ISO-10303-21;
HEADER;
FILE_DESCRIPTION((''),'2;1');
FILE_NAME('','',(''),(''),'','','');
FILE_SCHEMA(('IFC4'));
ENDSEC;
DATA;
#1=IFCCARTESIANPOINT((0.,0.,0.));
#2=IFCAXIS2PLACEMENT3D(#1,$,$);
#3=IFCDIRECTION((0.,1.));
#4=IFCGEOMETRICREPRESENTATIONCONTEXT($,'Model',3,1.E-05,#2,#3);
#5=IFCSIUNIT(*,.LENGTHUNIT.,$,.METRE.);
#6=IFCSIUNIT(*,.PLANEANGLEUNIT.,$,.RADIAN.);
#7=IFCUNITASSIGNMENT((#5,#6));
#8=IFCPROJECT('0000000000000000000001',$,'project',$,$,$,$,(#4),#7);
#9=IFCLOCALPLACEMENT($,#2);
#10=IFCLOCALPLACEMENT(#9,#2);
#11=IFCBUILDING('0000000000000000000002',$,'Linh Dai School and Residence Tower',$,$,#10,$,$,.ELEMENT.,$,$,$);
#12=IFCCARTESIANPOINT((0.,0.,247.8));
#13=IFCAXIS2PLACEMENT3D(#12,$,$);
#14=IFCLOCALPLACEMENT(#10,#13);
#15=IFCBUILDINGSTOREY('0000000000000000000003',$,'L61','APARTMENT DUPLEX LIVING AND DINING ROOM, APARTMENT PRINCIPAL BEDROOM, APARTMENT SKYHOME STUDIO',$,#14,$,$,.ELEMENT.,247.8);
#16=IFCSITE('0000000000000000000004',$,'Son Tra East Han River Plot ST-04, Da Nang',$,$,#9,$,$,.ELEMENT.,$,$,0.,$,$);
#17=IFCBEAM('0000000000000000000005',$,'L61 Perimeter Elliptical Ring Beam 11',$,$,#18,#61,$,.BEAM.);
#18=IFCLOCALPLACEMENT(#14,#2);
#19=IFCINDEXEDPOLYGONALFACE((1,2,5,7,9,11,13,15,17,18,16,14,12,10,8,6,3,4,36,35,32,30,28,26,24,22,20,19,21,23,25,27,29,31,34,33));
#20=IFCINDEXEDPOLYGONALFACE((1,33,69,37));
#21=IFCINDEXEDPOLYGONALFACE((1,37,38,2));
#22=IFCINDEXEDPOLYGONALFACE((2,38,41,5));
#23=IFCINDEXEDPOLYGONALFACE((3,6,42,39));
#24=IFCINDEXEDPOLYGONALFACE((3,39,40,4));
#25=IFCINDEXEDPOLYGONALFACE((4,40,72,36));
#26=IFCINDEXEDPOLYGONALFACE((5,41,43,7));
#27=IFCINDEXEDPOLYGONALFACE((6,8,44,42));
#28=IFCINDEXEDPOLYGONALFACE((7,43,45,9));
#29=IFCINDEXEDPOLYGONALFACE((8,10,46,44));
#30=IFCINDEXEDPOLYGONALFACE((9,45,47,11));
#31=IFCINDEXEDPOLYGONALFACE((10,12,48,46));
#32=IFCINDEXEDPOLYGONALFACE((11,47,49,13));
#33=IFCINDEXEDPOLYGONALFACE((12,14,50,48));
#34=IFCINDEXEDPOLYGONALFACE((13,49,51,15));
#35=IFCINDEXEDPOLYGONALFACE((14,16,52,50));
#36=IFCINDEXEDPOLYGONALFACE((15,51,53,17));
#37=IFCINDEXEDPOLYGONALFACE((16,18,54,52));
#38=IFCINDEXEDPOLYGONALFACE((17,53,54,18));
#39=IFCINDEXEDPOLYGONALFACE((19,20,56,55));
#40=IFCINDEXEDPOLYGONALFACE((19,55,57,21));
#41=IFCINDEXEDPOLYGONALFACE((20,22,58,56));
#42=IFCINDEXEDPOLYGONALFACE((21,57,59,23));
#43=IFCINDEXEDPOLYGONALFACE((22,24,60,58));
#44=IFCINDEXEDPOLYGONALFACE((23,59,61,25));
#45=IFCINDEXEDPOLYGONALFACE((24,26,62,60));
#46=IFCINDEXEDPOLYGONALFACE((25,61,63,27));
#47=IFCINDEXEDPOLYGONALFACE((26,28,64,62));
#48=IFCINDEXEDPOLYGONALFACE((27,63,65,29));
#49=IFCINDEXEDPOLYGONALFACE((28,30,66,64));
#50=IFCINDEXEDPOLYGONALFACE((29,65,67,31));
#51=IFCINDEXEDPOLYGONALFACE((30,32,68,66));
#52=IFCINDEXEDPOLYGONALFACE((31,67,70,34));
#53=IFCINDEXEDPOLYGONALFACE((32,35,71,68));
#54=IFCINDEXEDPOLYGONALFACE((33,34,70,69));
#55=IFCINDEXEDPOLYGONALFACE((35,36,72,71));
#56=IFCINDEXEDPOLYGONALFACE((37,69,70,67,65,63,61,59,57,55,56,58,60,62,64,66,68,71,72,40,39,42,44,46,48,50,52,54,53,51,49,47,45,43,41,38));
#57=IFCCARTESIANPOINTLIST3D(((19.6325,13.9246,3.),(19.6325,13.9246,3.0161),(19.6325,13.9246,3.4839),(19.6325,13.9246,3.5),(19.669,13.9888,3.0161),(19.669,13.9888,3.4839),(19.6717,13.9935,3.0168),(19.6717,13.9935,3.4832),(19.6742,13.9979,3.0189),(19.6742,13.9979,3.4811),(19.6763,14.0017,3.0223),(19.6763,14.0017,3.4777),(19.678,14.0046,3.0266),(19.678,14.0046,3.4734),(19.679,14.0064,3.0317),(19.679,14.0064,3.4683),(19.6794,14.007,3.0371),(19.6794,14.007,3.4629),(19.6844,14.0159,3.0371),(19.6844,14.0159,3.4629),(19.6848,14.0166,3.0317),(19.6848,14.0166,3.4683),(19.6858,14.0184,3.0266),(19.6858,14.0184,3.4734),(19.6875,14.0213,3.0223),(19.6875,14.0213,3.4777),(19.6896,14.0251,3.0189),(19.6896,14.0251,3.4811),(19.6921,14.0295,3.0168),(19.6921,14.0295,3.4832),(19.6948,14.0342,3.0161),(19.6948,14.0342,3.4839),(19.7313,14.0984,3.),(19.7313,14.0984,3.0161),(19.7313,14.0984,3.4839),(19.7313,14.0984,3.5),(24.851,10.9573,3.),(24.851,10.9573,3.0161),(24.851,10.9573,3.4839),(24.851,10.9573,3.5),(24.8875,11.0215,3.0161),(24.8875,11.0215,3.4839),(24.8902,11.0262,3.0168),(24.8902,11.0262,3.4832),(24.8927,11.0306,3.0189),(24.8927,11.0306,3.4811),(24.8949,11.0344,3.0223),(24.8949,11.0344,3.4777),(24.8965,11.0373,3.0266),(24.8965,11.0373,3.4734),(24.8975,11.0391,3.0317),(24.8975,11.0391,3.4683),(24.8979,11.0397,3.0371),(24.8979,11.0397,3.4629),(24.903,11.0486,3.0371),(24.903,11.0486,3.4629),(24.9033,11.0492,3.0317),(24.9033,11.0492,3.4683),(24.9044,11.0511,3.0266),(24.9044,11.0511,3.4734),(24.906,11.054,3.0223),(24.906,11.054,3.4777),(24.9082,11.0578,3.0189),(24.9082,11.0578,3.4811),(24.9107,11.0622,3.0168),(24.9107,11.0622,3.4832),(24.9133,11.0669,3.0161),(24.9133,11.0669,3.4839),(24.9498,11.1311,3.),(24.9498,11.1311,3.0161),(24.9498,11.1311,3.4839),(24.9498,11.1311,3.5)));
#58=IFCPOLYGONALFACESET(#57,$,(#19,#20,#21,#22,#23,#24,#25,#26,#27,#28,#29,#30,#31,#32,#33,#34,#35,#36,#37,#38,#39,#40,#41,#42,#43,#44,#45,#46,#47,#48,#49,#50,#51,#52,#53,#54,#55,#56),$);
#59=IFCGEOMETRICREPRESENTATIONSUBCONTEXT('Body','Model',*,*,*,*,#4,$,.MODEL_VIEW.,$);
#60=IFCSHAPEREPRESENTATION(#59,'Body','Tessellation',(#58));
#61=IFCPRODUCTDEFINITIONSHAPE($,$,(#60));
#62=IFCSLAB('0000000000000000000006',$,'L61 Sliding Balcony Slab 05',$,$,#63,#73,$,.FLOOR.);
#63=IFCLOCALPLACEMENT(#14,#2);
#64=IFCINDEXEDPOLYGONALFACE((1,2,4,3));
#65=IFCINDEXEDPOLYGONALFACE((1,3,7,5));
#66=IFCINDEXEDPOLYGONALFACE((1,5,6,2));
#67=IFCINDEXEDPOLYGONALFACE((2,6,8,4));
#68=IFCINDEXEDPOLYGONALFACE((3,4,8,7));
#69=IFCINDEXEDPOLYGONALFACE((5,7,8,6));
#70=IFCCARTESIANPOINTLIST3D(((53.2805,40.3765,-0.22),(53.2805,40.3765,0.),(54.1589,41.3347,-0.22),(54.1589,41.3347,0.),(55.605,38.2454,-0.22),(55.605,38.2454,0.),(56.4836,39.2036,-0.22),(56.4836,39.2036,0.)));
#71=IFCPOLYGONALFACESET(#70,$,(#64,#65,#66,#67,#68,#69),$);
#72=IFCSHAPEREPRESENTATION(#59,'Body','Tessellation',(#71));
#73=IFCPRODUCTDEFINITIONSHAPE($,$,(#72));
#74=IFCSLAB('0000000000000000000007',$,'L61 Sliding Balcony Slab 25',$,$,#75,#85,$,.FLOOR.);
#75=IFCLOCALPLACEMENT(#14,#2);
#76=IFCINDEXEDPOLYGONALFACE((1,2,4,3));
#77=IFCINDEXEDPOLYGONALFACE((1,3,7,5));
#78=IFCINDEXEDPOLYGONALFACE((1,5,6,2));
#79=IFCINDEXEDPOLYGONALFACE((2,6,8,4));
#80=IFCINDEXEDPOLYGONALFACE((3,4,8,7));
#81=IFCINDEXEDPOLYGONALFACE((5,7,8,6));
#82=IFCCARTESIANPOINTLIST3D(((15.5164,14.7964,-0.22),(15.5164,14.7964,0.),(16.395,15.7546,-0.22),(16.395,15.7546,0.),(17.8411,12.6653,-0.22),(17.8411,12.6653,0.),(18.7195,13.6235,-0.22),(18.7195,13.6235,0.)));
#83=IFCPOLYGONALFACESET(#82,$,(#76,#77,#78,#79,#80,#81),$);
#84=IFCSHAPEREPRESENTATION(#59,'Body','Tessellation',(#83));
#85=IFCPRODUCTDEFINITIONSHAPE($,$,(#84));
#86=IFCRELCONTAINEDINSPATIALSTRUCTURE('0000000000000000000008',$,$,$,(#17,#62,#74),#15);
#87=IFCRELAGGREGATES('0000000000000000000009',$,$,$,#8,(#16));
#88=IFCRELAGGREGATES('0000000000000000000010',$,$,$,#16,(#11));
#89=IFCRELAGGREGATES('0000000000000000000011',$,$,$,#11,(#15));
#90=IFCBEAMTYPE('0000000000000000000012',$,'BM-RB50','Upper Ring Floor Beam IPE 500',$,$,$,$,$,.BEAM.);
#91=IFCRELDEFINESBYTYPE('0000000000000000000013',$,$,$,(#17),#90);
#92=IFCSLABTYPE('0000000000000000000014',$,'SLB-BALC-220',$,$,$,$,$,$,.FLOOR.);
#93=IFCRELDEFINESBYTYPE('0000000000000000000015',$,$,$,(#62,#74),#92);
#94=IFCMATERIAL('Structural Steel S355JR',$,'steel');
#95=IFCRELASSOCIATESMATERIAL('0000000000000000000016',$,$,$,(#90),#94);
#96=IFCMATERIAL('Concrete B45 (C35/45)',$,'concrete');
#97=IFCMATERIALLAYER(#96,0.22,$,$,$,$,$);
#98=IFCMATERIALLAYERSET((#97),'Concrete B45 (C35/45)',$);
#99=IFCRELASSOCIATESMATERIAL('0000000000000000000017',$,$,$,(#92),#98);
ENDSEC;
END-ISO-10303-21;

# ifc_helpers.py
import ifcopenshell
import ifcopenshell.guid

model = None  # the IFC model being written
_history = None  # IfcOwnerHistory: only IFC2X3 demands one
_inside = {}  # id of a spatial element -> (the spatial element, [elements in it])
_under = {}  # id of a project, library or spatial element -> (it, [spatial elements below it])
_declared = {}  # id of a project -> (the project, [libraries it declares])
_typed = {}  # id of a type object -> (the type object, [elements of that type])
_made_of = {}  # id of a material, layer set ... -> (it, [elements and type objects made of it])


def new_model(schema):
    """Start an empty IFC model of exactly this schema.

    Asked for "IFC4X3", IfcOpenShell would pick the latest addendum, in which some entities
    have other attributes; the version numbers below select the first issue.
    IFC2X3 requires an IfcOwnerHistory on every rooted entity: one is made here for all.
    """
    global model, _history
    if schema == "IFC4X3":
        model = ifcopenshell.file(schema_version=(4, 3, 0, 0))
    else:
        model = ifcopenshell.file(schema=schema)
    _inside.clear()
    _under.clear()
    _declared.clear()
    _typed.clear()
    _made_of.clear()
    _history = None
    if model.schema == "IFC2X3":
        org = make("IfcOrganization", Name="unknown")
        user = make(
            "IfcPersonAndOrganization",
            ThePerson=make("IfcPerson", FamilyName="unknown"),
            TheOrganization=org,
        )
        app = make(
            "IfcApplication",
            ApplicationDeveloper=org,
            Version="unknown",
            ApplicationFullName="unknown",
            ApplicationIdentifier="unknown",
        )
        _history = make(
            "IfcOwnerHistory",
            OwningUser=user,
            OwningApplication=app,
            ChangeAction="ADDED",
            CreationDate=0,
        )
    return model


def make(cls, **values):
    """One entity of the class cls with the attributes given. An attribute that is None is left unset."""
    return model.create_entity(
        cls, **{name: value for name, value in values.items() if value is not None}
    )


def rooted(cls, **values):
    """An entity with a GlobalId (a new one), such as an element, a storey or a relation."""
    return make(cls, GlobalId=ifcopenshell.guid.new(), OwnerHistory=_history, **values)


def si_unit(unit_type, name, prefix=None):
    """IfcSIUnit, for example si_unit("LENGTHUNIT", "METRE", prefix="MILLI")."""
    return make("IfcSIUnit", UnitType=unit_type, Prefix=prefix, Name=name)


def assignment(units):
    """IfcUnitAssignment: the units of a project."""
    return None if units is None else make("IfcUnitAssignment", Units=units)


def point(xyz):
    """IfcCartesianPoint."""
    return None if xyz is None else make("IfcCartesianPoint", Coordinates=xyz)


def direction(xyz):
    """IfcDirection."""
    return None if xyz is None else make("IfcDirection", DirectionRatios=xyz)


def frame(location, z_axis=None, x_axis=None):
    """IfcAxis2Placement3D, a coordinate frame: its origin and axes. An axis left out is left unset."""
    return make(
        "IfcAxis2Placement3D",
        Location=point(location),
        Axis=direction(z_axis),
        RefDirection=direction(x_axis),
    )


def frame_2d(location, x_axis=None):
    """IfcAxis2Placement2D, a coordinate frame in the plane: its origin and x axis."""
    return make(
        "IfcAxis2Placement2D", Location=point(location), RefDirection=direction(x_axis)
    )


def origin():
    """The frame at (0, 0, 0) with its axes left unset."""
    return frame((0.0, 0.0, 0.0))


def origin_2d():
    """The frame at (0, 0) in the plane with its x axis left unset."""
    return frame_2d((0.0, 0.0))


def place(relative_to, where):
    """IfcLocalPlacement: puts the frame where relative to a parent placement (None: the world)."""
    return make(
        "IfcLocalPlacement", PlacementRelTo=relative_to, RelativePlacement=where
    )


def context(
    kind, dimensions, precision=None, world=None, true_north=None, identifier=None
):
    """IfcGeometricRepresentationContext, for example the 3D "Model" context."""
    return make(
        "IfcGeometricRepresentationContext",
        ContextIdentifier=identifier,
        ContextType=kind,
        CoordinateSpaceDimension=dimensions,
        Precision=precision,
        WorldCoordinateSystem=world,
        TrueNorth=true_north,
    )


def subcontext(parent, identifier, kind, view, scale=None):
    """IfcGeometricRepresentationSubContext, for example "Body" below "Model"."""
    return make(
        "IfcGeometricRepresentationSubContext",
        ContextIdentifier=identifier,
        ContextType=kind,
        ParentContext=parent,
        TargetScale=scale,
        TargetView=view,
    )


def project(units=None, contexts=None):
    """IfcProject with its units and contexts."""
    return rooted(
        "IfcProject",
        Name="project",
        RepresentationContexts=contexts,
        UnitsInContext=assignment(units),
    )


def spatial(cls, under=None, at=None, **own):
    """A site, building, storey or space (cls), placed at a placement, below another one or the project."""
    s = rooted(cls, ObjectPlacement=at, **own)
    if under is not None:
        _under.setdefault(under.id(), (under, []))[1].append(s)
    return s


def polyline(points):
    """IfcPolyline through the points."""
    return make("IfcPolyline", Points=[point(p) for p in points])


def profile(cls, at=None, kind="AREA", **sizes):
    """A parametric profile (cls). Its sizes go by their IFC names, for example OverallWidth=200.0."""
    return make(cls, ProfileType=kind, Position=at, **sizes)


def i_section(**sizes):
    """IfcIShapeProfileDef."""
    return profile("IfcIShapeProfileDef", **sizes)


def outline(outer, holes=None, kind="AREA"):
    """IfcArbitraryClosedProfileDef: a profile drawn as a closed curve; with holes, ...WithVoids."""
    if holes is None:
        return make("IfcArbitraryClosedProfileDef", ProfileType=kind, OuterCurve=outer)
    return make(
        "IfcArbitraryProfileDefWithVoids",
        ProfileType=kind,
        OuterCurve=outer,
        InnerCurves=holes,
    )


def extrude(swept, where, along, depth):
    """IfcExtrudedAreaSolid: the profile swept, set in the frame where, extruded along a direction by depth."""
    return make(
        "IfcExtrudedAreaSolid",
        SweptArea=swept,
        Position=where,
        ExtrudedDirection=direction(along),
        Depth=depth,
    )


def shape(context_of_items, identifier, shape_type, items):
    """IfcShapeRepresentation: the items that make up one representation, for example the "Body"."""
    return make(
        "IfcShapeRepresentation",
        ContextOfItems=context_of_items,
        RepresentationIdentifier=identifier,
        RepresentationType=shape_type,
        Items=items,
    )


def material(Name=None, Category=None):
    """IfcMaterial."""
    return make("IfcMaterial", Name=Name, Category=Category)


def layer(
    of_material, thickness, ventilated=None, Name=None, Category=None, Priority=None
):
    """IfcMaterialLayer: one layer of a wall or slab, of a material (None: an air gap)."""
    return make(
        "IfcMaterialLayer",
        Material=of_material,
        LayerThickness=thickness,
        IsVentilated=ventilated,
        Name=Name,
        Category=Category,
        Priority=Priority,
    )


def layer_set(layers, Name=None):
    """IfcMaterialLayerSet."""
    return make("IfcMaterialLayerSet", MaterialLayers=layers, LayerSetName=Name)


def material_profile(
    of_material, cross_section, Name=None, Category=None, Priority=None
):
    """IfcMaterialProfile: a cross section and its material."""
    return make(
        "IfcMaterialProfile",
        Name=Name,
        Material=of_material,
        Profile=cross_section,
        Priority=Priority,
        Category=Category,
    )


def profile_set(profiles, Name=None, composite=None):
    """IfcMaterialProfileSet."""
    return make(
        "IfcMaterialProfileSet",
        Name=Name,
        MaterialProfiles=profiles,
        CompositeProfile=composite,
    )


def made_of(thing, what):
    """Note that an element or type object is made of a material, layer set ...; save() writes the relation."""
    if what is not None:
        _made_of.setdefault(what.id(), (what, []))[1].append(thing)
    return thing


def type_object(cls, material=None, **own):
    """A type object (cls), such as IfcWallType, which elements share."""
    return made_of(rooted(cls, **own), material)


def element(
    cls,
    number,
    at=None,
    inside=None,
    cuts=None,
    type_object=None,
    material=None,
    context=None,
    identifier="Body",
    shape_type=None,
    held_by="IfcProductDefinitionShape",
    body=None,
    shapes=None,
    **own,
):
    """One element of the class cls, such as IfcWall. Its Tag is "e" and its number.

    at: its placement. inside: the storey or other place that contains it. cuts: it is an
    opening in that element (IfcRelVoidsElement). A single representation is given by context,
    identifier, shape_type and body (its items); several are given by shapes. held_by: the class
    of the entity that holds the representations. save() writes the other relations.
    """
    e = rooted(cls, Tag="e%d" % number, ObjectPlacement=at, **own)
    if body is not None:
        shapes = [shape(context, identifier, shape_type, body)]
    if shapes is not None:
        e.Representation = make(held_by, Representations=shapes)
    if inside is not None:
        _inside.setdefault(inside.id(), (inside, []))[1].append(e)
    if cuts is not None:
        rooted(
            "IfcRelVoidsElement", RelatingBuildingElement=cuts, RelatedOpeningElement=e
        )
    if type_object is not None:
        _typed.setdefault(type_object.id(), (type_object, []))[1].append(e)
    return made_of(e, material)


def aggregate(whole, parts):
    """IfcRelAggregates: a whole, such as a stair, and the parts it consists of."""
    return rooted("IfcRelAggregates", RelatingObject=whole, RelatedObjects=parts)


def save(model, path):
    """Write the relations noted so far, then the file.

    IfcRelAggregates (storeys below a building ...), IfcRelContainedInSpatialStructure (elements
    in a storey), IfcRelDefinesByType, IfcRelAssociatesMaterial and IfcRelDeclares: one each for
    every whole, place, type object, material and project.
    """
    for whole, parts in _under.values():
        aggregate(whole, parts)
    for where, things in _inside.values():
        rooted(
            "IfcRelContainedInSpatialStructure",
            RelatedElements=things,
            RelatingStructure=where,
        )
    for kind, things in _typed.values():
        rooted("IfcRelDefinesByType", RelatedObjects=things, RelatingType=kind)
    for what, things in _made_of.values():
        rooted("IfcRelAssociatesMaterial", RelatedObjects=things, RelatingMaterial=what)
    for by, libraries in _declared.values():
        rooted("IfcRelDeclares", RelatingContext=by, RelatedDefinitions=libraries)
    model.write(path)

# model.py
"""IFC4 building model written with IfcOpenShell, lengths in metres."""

from ifc_helpers import new_model, si_unit, direction, frame, origin, origin_2d, place, context, subcontext, project, spatial, polyline, i_section, outline, extrude, material, layer, layer_set, material_profile, profile_set, type_object, element, save


model = new_model("IFC4")

# Units and contexts
model_context = context("Model", 3, precision=1e-05, world=origin(), true_north=direction((0.0, 1.0)))
body_context = subcontext(model_context, "Body", "Model", "MODEL_VIEW")
ifc_project = project(units=[si_unit("LENGTHUNIT", "METRE"), si_unit("PLANEANGLEUNIT", "RADIAN")], contexts=[model_context])

# Site, building, storey
site_placement = place(None, origin())
site = spatial("IfcSite", under=ifc_project, at=site_placement, Name="Son Tra East Han River Plot ST-04, Da Nang", CompositionType="ELEMENT", RefElevation=0.0)
building_placement = place(site_placement, origin())
building = spatial("IfcBuilding", under=site, at=building_placement, Name="Linh Dai School and Residence Tower", CompositionType="ELEMENT")
storey_placement = place(building_placement, frame((0.0, 0.0, 247.8)))
storey = spatial("IfcBuildingStorey", under=building, at=storey_placement, Name="L61", Description="APARTMENT DUPLEX LIVING AND DINING ROOM, APARTMENT PRINCIPAL BEDROOM, APARTMENT SKYHOME STUDIO", CompositionType="ELEMENT", Elevation=247.8)

# Shared definitions
ifc_material_1 = material(Name="Structural Steel S355JR", Category="steel")

# Beam
ifc_material_profile_1 = material_profile(ifc_material_1, i_section(OverallWidth=0.2, OverallDepth=0.5, WebThickness=0.0103, FlangeThickness=0.0161, FilletRadius=0.021, at=origin_2d()), Name="IPE 500")
ifc_profile_set_1 = profile_set([ifc_material_profile_1], Name="Structural Steel S355JR")
beam_type_1 = type_object("IfcBeamType", Name="BM-RB50", Description="Upper Ring Floor Beam IPE 500", PredefinedType="BEAM", material=ifc_profile_set_1)
beam_1_placement = place(storey_placement, frame((19.6819, 14.0115, 3.25), z_axis=(0.869297, -0.49429, 0.0), x_axis=(0.49429, 0.869297, 0.0)))
element("IfcBeam", 1, at=beam_1_placement, inside=storey, type_object=beam_type_1, Name="L61 Perimeter Elliptical Ring Beam 11", PredefinedType="BEAM", context=body_context, shape_type="SweptSolid", body=[
    extrude(i_section(OverallWidth=0.2, OverallDepth=0.5, WebThickness=0.0103, FlangeThickness=0.0161, FilletRadius=0.021, at=origin_2d()), origin(), (0.0, 0.0, 1.0), 6.0032),
])

# Slabs
ifc_material_2 = material(Name="Concrete B45 (C35/45)", Category="concrete")
ifc_layer_1 = layer(ifc_material_2, 0.22)
ifc_layer_set_1 = layer_set([ifc_layer_1], Name="Concrete B45 (C35/45)")
slab_type_1 = type_object("IfcSlabType", Name="SLB-BALC-220", PredefinedType="FLOOR", material=ifc_layer_set_1)
slab_1_placement = place(storey_placement, frame((0.0, 0.0, -0.22)))
element("IfcSlab", 2, at=slab_1_placement, inside=storey, type_object=slab_type_1, Name="L61 Sliding Balcony Slab 05", PredefinedType="FLOOR", context=body_context, shape_type="SweptSolid", body=[
    extrude(outline(polyline([(53.2805, 40.3765), (55.605, 38.2454), (56.4836, 39.2036), (54.1589, 41.3347), (53.2805, 40.3765)])), origin(), (0.0, 0.0, 1.0), 0.22),
])
slab_2_placement = place(storey_placement, frame((0.0, 0.0, -0.22)))
element("IfcSlab", 3, at=slab_2_placement, inside=storey, type_object=slab_type_1, Name="L61 Sliding Balcony Slab 25", PredefinedType="FLOOR", context=body_context, shape_type="SweptSolid", body=[
    extrude(outline(polyline([(18.7195, 13.6235), (16.395, 15.7546), (15.5164, 14.7964), (17.8411, 12.6653), (18.7195, 13.6235)])), origin(), (0.0, 0.0, 1.0), 0.22),
])

save(model, "model.ifc")
